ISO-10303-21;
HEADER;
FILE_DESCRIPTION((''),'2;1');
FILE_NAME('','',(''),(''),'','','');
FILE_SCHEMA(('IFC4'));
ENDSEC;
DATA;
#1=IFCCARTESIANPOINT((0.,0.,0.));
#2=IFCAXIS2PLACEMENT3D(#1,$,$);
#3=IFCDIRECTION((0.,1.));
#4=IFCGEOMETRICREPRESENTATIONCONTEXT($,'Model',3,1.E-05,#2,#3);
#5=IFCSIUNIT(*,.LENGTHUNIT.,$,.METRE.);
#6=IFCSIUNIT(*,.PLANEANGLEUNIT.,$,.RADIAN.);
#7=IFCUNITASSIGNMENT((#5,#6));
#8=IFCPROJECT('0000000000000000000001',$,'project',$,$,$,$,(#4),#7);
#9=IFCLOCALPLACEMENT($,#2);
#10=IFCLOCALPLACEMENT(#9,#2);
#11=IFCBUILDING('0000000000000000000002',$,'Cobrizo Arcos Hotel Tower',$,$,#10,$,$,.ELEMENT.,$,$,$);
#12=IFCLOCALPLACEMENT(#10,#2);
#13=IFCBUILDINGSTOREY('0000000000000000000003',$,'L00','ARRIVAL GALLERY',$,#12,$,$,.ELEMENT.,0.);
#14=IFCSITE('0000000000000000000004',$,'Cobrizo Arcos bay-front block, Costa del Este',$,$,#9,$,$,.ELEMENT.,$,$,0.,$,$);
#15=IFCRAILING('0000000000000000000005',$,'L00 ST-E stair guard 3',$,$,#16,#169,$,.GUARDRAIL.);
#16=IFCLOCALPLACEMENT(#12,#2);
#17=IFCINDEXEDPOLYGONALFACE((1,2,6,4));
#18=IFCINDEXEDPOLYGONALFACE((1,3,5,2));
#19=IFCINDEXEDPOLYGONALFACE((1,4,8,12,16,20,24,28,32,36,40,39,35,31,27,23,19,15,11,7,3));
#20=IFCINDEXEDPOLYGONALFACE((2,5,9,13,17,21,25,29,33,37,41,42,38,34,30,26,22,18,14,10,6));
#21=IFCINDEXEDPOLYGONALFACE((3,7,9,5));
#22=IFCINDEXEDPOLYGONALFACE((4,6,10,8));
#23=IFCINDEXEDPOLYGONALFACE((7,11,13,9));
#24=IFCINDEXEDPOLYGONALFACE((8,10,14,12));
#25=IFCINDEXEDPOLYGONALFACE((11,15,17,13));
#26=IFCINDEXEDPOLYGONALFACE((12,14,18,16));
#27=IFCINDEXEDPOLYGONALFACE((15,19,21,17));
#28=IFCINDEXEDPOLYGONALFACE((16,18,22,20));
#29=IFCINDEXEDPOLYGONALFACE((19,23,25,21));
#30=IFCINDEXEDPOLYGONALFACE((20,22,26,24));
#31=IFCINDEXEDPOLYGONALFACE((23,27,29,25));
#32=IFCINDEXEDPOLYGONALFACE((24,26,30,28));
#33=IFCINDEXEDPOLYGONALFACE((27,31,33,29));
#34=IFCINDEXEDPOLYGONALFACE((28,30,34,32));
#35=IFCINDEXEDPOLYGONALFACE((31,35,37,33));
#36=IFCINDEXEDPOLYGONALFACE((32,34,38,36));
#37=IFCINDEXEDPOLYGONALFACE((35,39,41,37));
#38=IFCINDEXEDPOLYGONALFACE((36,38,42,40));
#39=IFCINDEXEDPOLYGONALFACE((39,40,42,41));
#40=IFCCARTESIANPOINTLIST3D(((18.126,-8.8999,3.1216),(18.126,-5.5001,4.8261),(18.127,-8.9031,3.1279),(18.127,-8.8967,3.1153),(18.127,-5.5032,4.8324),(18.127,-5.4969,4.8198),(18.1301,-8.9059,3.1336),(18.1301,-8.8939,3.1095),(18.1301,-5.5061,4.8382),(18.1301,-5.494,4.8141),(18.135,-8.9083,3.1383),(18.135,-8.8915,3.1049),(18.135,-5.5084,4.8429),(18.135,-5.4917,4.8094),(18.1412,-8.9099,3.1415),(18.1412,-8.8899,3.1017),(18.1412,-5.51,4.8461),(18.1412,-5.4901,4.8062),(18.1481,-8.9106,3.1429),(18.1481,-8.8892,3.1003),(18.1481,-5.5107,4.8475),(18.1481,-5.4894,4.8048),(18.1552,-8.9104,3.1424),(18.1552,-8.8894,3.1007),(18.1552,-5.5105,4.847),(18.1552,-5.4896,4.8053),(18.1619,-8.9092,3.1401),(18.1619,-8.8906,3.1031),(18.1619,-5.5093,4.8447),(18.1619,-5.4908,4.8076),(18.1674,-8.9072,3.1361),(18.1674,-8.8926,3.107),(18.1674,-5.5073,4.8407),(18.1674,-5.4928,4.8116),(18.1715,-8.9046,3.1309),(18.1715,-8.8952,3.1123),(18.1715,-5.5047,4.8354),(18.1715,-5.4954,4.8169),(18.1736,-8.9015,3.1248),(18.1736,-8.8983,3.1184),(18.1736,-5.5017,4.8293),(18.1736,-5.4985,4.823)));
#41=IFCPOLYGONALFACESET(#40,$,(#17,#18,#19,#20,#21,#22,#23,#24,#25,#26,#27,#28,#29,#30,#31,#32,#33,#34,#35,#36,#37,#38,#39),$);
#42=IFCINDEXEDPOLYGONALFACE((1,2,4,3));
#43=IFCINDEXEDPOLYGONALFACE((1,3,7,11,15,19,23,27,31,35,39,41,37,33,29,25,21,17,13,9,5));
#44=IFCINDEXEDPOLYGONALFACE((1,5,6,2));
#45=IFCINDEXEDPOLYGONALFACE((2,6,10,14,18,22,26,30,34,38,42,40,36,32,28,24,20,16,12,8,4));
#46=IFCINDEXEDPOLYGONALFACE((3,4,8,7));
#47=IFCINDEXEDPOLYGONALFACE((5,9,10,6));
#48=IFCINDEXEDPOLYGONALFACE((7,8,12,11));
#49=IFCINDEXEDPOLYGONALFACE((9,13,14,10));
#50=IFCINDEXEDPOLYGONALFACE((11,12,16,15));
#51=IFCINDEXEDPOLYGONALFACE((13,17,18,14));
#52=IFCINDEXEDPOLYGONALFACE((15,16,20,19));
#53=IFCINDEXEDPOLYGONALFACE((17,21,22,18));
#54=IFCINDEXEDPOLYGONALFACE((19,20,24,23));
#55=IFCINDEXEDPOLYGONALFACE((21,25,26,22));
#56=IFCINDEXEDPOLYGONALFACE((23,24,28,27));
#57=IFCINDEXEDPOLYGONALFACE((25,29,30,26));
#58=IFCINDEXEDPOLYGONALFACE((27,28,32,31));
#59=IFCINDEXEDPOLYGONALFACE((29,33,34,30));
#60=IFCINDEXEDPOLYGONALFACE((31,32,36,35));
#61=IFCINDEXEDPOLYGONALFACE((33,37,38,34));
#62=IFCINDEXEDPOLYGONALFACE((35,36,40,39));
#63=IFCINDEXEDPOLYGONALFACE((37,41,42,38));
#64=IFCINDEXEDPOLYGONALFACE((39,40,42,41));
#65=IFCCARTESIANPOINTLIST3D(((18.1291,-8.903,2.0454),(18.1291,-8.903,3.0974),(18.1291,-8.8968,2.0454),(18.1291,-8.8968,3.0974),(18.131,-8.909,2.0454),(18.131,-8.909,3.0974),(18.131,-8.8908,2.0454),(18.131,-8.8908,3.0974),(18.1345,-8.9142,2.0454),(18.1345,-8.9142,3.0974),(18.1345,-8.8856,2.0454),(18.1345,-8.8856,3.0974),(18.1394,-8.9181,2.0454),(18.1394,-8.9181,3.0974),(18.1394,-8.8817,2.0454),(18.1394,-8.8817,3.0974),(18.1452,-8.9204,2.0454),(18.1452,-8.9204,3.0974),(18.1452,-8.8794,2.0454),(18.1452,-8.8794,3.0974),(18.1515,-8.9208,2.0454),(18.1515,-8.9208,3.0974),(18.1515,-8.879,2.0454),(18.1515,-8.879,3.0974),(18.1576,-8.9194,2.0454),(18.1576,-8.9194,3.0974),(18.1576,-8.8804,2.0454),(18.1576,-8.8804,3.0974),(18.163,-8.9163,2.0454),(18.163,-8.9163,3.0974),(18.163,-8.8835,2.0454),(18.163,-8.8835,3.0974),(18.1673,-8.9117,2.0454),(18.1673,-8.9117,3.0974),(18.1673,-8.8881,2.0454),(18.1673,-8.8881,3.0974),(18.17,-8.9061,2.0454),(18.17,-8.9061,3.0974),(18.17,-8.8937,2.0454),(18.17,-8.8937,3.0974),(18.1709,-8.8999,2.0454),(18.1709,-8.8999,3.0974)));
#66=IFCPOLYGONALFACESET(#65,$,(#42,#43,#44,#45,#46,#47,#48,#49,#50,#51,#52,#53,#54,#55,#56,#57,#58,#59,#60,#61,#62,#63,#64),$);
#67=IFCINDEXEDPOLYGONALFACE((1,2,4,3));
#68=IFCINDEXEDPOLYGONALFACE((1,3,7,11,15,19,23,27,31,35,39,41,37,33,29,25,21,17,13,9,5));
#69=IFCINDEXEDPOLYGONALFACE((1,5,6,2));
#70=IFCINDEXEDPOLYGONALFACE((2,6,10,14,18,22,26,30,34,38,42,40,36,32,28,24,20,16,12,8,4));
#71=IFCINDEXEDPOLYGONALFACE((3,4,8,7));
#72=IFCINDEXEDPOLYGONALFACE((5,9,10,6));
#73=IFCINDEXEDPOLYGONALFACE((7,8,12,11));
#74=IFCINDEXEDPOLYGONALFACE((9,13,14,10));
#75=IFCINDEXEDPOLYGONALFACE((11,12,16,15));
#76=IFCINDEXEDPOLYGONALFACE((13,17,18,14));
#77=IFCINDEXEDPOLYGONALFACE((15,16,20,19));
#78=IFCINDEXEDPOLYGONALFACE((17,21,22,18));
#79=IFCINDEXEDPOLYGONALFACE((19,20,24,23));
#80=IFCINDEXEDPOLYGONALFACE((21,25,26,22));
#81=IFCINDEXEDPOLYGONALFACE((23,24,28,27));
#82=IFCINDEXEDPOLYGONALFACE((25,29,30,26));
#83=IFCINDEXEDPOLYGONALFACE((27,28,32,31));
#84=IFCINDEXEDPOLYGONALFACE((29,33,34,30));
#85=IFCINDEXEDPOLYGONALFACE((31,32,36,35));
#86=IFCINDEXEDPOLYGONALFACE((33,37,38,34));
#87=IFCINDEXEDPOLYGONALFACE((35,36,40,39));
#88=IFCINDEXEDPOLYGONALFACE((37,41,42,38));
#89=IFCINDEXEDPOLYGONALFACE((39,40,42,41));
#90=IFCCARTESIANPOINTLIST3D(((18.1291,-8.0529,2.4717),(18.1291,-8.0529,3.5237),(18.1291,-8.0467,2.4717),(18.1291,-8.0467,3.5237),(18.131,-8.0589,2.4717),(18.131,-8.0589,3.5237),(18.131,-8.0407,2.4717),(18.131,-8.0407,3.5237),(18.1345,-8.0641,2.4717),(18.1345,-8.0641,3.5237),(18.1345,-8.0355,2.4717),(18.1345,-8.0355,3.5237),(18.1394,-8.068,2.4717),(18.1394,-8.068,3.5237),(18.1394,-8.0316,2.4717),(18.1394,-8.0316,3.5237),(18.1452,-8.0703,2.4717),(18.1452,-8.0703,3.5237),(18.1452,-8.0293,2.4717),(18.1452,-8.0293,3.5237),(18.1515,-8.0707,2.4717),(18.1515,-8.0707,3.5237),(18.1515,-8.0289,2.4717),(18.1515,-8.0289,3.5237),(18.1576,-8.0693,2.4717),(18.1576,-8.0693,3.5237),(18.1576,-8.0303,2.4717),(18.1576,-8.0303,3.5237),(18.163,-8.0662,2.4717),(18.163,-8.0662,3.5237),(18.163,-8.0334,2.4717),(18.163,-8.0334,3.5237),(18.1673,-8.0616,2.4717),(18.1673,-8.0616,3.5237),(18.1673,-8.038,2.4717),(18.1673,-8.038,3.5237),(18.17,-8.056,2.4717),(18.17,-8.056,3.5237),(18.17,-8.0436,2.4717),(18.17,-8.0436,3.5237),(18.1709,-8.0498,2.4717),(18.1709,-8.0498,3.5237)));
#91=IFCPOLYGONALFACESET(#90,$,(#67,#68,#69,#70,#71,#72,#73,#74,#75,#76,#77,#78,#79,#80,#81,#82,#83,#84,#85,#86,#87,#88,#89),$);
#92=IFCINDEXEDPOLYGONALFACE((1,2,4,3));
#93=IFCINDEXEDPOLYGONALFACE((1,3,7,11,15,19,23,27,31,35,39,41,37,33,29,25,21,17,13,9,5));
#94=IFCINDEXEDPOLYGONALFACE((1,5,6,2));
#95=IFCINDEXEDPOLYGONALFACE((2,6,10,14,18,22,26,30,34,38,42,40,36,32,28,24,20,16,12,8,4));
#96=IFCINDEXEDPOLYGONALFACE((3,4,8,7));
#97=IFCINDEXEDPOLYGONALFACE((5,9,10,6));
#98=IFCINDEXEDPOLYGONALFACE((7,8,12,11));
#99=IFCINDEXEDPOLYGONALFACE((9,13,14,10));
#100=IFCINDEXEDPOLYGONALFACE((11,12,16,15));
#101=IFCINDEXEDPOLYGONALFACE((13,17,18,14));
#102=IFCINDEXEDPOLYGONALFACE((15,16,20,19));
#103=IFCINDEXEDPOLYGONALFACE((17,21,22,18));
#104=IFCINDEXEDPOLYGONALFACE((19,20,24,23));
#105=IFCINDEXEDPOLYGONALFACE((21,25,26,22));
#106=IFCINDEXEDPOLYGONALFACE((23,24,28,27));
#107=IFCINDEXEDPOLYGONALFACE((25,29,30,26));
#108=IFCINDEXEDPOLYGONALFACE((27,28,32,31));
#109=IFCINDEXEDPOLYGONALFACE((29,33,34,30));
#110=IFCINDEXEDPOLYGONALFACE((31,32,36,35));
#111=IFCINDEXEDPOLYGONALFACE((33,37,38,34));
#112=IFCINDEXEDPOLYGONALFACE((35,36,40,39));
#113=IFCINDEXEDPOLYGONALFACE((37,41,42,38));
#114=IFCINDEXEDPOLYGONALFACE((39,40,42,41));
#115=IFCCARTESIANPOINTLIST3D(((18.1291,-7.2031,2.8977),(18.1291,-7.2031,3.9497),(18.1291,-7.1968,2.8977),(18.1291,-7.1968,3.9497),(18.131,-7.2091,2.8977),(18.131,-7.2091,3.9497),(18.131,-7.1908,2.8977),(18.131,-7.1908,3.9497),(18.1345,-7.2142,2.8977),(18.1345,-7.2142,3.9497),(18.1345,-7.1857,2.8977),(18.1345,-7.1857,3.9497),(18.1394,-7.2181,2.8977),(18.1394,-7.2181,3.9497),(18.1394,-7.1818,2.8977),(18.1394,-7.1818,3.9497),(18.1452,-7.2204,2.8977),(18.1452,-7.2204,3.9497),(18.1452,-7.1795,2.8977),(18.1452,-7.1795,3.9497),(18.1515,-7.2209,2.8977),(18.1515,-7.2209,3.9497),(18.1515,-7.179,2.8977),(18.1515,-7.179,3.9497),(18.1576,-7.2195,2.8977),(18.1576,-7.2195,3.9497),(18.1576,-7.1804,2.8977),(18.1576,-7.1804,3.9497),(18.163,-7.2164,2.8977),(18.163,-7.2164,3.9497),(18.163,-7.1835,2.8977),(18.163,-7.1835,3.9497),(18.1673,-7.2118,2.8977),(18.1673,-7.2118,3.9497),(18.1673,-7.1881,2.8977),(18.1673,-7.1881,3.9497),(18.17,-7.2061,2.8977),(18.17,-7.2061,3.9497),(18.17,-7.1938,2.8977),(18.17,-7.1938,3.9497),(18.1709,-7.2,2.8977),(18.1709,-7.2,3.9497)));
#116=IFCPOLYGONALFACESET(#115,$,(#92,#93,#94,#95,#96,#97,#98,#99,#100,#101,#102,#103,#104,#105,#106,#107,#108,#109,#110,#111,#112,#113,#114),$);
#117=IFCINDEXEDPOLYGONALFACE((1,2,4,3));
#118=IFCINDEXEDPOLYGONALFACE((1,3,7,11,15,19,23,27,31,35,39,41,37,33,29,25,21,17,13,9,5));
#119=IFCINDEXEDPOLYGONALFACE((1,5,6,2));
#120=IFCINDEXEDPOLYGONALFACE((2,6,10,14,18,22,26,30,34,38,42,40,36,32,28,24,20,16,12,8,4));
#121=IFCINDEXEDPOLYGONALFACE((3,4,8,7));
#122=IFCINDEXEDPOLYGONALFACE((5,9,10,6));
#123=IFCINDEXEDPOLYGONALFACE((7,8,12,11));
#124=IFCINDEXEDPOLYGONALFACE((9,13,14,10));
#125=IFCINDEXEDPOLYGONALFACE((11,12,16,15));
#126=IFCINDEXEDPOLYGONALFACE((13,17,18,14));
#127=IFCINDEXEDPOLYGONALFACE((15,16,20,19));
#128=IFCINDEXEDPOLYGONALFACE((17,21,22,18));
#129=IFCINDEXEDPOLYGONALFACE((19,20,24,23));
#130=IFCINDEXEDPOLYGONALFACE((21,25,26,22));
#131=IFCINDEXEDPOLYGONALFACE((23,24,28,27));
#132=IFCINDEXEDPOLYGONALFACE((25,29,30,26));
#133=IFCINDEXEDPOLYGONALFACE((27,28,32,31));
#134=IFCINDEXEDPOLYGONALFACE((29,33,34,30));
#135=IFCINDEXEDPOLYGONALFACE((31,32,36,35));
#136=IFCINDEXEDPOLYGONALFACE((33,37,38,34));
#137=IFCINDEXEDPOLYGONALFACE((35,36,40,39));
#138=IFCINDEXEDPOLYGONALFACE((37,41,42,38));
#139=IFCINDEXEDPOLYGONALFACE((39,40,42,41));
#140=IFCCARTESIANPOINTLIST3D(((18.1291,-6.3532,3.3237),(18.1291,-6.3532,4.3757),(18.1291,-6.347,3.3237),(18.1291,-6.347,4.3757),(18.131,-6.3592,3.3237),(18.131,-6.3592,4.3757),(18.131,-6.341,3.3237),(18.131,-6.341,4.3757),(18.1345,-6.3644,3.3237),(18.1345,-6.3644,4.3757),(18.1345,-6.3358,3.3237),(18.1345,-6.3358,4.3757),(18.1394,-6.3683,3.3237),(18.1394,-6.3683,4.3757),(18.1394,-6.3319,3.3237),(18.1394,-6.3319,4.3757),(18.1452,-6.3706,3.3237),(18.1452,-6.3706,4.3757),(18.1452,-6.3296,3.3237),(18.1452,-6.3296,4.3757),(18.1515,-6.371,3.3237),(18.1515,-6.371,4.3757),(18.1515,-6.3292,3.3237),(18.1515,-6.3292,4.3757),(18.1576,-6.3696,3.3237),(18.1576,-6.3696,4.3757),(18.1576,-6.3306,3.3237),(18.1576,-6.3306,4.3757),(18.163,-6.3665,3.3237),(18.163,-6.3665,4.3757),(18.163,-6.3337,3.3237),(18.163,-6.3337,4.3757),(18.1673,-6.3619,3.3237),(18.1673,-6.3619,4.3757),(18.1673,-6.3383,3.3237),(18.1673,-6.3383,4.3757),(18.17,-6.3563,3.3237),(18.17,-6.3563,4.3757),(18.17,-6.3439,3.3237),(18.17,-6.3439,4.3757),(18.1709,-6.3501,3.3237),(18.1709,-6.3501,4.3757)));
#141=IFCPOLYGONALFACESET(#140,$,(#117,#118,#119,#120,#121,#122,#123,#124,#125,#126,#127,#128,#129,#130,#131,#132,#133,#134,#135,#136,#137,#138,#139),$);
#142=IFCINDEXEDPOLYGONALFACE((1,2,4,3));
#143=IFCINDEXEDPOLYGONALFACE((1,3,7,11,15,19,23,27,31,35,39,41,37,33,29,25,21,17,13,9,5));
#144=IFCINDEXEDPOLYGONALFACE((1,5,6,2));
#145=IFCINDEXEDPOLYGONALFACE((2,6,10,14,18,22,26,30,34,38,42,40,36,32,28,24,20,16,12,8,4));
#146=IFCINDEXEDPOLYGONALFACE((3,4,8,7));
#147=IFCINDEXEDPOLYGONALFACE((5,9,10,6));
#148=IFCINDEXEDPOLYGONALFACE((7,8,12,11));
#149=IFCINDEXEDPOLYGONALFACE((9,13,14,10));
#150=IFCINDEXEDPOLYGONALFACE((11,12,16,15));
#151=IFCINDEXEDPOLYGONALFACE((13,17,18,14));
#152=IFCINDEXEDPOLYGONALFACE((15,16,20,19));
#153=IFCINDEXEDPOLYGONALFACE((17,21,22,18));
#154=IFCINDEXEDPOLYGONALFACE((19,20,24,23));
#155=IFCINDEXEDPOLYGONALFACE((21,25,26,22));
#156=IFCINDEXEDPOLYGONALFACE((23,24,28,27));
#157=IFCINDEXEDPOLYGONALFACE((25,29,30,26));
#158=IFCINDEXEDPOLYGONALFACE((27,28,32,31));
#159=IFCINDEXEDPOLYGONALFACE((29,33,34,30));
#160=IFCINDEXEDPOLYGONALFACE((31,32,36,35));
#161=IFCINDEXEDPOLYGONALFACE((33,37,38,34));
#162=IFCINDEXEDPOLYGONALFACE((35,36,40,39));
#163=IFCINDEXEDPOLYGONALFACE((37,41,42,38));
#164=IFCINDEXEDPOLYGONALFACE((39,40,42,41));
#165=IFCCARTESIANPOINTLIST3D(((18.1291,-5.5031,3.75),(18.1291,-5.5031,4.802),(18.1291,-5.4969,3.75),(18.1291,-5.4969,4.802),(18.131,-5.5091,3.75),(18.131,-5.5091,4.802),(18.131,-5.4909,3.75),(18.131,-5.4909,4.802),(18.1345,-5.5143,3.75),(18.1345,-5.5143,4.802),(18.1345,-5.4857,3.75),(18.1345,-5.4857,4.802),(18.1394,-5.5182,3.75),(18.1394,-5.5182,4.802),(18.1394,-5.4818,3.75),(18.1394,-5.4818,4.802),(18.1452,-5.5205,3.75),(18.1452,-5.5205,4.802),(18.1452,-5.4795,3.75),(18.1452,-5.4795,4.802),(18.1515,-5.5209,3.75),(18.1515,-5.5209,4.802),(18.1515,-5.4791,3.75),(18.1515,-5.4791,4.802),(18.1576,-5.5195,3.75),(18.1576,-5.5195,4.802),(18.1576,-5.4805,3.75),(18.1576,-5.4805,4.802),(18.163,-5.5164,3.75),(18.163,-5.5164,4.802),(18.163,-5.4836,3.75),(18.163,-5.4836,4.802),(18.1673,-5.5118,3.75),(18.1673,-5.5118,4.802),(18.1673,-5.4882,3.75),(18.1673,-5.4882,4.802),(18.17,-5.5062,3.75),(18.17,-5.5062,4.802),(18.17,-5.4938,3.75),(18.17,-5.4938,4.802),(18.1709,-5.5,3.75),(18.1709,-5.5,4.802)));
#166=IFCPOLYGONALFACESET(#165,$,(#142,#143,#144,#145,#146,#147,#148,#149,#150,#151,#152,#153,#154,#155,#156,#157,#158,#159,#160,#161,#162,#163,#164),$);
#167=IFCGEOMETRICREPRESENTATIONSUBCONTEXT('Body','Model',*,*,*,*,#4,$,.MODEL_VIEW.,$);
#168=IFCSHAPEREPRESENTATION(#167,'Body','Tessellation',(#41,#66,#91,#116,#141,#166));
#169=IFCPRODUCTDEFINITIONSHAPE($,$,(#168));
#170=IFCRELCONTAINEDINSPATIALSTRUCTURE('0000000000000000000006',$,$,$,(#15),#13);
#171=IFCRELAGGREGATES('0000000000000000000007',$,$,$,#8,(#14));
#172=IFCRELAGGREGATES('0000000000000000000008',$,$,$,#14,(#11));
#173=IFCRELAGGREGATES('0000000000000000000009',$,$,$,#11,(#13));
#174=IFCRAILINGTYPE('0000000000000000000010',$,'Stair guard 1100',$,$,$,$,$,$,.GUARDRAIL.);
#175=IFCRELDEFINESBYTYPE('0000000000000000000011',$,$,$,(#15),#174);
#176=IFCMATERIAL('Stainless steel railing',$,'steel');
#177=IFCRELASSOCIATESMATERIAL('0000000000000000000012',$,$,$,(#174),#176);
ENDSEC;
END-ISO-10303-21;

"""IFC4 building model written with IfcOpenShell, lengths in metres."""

from ifc_helpers import new_model, si_unit, direction, frame, origin, origin_2d, place, context, subcontext, project, spatial, circle, extrude, material, type_object, element, save


model = new_model("IFC4")

# Units and contexts
model_context = context("Model", 3, precision=1e-05, world=origin(), true_north=direction((0.0, 1.0)))
body_context = subcontext(model_context, "Body", "Model", "MODEL_VIEW")
ifc_project = project(units=[si_unit("LENGTHUNIT", "METRE"), si_unit("PLANEANGLEUNIT", "RADIAN")], contexts=[model_context])

# Site, building, storey
site_placement = place(None, origin())
site = spatial("IfcSite", under=ifc_project, at=site_placement, Name="Cobrizo Arcos bay-front block, Costa del Este", CompositionType="ELEMENT", RefElevation=0.0)
building_placement = place(site_placement, origin())
building = spatial("IfcBuilding", under=site, at=building_placement, Name="Cobrizo Arcos Hotel Tower", CompositionType="ELEMENT")
storey_placement = place(building_placement, origin())
storey = spatial("IfcBuildingStorey", under=building, at=storey_placement, Name="L00", Description="ARRIVAL GALLERY", CompositionType="ELEMENT", Elevation=0.0)

# Railing
ifc_material_1 = material(Name="Stainless steel railing", Category="steel")
railing_type_1 = type_object("IfcRailingType", Name="Stair guard 1100", PredefinedType="GUARDRAIL", material=ifc_material_1)
railing_1_placement = place(storey_placement, frame((18.1499, -8.8999, 2.0454)))
element("IfcRailing", 1, at=railing_1_placement, inside=storey, type_object=railing_type_1, Name="L00 ST-E stair guard 3", PredefinedType="GUARDRAIL", context=body_context, shape_type="SweptSolid", body=[
    extrude(circle(Radius=0.0239, at=origin_2d()), frame((0.0, 0.0, 1.0762), z_axis=(0.0, 0.893939, 0.448189), x_axis=(-1.0, 0.0, 0.0)), (0.0, 0.0, 1.0), 3.8032),
    extrude(circle(Radius=0.021, at=origin_2d()), origin(), (0.0, 0.0, 1.0), 1.052),
    extrude(circle(Radius=0.021, at=origin_2d()), frame((0.0, 0.8501, 0.4263)), (0.0, 0.0, 1.0), 1.052),
    extrude(circle(Radius=0.021, at=origin_2d()), frame((0.0, 1.7, 0.8523)), (0.0, 0.0, 1.0), 1.052),
    extrude(circle(Radius=0.021, at=origin_2d()), frame((0.0, 2.5498, 1.2783)), (0.0, 0.0, 1.0), 1.052),
    extrude(circle(Radius=0.021, at=origin_2d()), frame((0.0, 3.3999, 1.7046)), (0.0, 0.0, 1.0), 1.052),
])

save(model, "model.ifc")
